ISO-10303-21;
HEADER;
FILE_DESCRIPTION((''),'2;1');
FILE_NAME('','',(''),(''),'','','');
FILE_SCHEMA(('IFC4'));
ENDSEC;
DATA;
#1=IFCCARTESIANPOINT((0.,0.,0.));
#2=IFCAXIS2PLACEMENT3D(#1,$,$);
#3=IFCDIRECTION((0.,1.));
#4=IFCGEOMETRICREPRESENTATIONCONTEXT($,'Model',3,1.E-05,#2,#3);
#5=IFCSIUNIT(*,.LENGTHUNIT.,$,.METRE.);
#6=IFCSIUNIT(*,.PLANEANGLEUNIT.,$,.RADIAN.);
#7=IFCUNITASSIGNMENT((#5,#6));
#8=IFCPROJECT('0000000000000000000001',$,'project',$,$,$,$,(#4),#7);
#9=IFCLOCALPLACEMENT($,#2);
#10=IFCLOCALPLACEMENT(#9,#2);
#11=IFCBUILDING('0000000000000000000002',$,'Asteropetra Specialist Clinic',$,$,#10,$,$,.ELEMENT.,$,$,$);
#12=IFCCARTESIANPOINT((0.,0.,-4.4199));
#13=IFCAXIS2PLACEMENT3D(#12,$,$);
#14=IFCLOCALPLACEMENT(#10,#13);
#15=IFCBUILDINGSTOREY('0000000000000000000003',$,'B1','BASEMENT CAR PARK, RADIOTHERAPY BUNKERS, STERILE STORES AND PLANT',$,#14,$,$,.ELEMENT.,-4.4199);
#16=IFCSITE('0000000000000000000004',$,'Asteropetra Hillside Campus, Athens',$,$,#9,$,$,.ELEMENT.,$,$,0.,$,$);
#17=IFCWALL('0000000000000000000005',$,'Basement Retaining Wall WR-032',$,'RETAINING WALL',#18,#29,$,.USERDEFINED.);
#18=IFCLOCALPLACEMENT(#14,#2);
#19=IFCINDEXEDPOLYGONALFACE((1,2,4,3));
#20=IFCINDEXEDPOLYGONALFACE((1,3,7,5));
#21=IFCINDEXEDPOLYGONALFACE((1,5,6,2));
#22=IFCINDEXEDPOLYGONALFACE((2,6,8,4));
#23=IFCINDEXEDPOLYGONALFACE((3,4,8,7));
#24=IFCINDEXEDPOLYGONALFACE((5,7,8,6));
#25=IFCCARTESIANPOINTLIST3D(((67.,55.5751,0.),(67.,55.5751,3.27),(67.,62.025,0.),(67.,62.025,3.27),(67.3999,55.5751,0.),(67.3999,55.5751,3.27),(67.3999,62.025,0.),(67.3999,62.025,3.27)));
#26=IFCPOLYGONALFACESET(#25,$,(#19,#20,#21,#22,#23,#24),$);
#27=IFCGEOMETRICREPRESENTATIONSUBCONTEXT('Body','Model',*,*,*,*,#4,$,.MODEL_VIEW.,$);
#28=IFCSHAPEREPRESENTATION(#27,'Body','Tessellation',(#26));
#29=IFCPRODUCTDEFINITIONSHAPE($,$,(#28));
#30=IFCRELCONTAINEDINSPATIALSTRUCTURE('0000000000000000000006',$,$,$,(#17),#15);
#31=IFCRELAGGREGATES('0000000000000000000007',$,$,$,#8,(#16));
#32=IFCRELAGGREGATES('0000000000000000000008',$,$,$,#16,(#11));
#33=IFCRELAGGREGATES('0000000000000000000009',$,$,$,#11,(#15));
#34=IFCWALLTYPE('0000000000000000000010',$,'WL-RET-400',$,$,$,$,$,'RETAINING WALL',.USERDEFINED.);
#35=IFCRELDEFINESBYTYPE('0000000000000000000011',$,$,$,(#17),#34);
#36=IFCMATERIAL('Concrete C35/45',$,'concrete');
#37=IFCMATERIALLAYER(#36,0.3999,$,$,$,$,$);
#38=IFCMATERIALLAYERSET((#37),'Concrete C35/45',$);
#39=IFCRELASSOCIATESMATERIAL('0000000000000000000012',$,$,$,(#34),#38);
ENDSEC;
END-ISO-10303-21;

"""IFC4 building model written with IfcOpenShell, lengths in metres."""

from ifc_helpers import new_model, si_unit, direction, frame, frame_2d, origin, place, context, subcontext, project, spatial, rectangle, extrude, material, layer, layer_set, type_object, element, save


model = new_model("IFC4")

# Units and contexts
model_context = context("Model", 3, precision=1e-05, world=origin(), true_north=direction((0.0, 1.0)))
body_context = subcontext(model_context, "Body", "Model", "MODEL_VIEW")
ifc_project = project(units=[si_unit("LENGTHUNIT", "METRE"), si_unit("PLANEANGLEUNIT", "RADIAN")], contexts=[model_context])

# Site, building, storey
site_placement = place(None, origin())
site = spatial("IfcSite", under=ifc_project, at=site_placement, Name="Asteropetra Hillside Campus, Athens", CompositionType="ELEMENT", RefElevation=0.0)
building_placement = place(site_placement, origin())
building = spatial("IfcBuilding", under=site, at=building_placement, Name="Asteropetra Specialist Clinic", CompositionType="ELEMENT")
storey_placement = place(building_placement, frame((0.0, 0.0, -4.4199)))
storey = spatial("IfcBuildingStorey", under=building, at=storey_placement, Name="B1", Description="BASEMENT CAR PARK, RADIOTHERAPY BUNKERS, STERILE STORES AND PLANT", CompositionType="ELEMENT", Elevation=-4.4199)

# Wall
ifc_material_1 = material(Name="Concrete C35/45", Category="concrete")
ifc_layer_1 = layer(ifc_material_1, 0.3999)
ifc_layer_set_1 = layer_set([ifc_layer_1], Name="Concrete C35/45")
wall_type_1 = type_object("IfcWallType", Name="WL-RET-400", ElementType="RETAINING WALL", PredefinedType="USERDEFINED", material=ifc_layer_set_1)
wall_1_placement = place(storey_placement, frame((67.2, 55.575, 0.0), z_axis=(0.0, 0.0, 1.0), x_axis=(0.0, 1.0, 0.0)))
element("IfcWall", 1, at=wall_1_placement, inside=storey, type_object=wall_type_1, Name="Basement Retaining Wall WR-032", ObjectType="RETAINING WALL", PredefinedType="USERDEFINED", context=body_context, shape_type="SweptSolid", body=[
    extrude(rectangle(XDim=6.45, YDim=0.3999, at=frame_2d((3.2251, 0.0))), origin(), (0.0, 0.0, 1.0), 3.27),
])

save(model, "model.ifc")
